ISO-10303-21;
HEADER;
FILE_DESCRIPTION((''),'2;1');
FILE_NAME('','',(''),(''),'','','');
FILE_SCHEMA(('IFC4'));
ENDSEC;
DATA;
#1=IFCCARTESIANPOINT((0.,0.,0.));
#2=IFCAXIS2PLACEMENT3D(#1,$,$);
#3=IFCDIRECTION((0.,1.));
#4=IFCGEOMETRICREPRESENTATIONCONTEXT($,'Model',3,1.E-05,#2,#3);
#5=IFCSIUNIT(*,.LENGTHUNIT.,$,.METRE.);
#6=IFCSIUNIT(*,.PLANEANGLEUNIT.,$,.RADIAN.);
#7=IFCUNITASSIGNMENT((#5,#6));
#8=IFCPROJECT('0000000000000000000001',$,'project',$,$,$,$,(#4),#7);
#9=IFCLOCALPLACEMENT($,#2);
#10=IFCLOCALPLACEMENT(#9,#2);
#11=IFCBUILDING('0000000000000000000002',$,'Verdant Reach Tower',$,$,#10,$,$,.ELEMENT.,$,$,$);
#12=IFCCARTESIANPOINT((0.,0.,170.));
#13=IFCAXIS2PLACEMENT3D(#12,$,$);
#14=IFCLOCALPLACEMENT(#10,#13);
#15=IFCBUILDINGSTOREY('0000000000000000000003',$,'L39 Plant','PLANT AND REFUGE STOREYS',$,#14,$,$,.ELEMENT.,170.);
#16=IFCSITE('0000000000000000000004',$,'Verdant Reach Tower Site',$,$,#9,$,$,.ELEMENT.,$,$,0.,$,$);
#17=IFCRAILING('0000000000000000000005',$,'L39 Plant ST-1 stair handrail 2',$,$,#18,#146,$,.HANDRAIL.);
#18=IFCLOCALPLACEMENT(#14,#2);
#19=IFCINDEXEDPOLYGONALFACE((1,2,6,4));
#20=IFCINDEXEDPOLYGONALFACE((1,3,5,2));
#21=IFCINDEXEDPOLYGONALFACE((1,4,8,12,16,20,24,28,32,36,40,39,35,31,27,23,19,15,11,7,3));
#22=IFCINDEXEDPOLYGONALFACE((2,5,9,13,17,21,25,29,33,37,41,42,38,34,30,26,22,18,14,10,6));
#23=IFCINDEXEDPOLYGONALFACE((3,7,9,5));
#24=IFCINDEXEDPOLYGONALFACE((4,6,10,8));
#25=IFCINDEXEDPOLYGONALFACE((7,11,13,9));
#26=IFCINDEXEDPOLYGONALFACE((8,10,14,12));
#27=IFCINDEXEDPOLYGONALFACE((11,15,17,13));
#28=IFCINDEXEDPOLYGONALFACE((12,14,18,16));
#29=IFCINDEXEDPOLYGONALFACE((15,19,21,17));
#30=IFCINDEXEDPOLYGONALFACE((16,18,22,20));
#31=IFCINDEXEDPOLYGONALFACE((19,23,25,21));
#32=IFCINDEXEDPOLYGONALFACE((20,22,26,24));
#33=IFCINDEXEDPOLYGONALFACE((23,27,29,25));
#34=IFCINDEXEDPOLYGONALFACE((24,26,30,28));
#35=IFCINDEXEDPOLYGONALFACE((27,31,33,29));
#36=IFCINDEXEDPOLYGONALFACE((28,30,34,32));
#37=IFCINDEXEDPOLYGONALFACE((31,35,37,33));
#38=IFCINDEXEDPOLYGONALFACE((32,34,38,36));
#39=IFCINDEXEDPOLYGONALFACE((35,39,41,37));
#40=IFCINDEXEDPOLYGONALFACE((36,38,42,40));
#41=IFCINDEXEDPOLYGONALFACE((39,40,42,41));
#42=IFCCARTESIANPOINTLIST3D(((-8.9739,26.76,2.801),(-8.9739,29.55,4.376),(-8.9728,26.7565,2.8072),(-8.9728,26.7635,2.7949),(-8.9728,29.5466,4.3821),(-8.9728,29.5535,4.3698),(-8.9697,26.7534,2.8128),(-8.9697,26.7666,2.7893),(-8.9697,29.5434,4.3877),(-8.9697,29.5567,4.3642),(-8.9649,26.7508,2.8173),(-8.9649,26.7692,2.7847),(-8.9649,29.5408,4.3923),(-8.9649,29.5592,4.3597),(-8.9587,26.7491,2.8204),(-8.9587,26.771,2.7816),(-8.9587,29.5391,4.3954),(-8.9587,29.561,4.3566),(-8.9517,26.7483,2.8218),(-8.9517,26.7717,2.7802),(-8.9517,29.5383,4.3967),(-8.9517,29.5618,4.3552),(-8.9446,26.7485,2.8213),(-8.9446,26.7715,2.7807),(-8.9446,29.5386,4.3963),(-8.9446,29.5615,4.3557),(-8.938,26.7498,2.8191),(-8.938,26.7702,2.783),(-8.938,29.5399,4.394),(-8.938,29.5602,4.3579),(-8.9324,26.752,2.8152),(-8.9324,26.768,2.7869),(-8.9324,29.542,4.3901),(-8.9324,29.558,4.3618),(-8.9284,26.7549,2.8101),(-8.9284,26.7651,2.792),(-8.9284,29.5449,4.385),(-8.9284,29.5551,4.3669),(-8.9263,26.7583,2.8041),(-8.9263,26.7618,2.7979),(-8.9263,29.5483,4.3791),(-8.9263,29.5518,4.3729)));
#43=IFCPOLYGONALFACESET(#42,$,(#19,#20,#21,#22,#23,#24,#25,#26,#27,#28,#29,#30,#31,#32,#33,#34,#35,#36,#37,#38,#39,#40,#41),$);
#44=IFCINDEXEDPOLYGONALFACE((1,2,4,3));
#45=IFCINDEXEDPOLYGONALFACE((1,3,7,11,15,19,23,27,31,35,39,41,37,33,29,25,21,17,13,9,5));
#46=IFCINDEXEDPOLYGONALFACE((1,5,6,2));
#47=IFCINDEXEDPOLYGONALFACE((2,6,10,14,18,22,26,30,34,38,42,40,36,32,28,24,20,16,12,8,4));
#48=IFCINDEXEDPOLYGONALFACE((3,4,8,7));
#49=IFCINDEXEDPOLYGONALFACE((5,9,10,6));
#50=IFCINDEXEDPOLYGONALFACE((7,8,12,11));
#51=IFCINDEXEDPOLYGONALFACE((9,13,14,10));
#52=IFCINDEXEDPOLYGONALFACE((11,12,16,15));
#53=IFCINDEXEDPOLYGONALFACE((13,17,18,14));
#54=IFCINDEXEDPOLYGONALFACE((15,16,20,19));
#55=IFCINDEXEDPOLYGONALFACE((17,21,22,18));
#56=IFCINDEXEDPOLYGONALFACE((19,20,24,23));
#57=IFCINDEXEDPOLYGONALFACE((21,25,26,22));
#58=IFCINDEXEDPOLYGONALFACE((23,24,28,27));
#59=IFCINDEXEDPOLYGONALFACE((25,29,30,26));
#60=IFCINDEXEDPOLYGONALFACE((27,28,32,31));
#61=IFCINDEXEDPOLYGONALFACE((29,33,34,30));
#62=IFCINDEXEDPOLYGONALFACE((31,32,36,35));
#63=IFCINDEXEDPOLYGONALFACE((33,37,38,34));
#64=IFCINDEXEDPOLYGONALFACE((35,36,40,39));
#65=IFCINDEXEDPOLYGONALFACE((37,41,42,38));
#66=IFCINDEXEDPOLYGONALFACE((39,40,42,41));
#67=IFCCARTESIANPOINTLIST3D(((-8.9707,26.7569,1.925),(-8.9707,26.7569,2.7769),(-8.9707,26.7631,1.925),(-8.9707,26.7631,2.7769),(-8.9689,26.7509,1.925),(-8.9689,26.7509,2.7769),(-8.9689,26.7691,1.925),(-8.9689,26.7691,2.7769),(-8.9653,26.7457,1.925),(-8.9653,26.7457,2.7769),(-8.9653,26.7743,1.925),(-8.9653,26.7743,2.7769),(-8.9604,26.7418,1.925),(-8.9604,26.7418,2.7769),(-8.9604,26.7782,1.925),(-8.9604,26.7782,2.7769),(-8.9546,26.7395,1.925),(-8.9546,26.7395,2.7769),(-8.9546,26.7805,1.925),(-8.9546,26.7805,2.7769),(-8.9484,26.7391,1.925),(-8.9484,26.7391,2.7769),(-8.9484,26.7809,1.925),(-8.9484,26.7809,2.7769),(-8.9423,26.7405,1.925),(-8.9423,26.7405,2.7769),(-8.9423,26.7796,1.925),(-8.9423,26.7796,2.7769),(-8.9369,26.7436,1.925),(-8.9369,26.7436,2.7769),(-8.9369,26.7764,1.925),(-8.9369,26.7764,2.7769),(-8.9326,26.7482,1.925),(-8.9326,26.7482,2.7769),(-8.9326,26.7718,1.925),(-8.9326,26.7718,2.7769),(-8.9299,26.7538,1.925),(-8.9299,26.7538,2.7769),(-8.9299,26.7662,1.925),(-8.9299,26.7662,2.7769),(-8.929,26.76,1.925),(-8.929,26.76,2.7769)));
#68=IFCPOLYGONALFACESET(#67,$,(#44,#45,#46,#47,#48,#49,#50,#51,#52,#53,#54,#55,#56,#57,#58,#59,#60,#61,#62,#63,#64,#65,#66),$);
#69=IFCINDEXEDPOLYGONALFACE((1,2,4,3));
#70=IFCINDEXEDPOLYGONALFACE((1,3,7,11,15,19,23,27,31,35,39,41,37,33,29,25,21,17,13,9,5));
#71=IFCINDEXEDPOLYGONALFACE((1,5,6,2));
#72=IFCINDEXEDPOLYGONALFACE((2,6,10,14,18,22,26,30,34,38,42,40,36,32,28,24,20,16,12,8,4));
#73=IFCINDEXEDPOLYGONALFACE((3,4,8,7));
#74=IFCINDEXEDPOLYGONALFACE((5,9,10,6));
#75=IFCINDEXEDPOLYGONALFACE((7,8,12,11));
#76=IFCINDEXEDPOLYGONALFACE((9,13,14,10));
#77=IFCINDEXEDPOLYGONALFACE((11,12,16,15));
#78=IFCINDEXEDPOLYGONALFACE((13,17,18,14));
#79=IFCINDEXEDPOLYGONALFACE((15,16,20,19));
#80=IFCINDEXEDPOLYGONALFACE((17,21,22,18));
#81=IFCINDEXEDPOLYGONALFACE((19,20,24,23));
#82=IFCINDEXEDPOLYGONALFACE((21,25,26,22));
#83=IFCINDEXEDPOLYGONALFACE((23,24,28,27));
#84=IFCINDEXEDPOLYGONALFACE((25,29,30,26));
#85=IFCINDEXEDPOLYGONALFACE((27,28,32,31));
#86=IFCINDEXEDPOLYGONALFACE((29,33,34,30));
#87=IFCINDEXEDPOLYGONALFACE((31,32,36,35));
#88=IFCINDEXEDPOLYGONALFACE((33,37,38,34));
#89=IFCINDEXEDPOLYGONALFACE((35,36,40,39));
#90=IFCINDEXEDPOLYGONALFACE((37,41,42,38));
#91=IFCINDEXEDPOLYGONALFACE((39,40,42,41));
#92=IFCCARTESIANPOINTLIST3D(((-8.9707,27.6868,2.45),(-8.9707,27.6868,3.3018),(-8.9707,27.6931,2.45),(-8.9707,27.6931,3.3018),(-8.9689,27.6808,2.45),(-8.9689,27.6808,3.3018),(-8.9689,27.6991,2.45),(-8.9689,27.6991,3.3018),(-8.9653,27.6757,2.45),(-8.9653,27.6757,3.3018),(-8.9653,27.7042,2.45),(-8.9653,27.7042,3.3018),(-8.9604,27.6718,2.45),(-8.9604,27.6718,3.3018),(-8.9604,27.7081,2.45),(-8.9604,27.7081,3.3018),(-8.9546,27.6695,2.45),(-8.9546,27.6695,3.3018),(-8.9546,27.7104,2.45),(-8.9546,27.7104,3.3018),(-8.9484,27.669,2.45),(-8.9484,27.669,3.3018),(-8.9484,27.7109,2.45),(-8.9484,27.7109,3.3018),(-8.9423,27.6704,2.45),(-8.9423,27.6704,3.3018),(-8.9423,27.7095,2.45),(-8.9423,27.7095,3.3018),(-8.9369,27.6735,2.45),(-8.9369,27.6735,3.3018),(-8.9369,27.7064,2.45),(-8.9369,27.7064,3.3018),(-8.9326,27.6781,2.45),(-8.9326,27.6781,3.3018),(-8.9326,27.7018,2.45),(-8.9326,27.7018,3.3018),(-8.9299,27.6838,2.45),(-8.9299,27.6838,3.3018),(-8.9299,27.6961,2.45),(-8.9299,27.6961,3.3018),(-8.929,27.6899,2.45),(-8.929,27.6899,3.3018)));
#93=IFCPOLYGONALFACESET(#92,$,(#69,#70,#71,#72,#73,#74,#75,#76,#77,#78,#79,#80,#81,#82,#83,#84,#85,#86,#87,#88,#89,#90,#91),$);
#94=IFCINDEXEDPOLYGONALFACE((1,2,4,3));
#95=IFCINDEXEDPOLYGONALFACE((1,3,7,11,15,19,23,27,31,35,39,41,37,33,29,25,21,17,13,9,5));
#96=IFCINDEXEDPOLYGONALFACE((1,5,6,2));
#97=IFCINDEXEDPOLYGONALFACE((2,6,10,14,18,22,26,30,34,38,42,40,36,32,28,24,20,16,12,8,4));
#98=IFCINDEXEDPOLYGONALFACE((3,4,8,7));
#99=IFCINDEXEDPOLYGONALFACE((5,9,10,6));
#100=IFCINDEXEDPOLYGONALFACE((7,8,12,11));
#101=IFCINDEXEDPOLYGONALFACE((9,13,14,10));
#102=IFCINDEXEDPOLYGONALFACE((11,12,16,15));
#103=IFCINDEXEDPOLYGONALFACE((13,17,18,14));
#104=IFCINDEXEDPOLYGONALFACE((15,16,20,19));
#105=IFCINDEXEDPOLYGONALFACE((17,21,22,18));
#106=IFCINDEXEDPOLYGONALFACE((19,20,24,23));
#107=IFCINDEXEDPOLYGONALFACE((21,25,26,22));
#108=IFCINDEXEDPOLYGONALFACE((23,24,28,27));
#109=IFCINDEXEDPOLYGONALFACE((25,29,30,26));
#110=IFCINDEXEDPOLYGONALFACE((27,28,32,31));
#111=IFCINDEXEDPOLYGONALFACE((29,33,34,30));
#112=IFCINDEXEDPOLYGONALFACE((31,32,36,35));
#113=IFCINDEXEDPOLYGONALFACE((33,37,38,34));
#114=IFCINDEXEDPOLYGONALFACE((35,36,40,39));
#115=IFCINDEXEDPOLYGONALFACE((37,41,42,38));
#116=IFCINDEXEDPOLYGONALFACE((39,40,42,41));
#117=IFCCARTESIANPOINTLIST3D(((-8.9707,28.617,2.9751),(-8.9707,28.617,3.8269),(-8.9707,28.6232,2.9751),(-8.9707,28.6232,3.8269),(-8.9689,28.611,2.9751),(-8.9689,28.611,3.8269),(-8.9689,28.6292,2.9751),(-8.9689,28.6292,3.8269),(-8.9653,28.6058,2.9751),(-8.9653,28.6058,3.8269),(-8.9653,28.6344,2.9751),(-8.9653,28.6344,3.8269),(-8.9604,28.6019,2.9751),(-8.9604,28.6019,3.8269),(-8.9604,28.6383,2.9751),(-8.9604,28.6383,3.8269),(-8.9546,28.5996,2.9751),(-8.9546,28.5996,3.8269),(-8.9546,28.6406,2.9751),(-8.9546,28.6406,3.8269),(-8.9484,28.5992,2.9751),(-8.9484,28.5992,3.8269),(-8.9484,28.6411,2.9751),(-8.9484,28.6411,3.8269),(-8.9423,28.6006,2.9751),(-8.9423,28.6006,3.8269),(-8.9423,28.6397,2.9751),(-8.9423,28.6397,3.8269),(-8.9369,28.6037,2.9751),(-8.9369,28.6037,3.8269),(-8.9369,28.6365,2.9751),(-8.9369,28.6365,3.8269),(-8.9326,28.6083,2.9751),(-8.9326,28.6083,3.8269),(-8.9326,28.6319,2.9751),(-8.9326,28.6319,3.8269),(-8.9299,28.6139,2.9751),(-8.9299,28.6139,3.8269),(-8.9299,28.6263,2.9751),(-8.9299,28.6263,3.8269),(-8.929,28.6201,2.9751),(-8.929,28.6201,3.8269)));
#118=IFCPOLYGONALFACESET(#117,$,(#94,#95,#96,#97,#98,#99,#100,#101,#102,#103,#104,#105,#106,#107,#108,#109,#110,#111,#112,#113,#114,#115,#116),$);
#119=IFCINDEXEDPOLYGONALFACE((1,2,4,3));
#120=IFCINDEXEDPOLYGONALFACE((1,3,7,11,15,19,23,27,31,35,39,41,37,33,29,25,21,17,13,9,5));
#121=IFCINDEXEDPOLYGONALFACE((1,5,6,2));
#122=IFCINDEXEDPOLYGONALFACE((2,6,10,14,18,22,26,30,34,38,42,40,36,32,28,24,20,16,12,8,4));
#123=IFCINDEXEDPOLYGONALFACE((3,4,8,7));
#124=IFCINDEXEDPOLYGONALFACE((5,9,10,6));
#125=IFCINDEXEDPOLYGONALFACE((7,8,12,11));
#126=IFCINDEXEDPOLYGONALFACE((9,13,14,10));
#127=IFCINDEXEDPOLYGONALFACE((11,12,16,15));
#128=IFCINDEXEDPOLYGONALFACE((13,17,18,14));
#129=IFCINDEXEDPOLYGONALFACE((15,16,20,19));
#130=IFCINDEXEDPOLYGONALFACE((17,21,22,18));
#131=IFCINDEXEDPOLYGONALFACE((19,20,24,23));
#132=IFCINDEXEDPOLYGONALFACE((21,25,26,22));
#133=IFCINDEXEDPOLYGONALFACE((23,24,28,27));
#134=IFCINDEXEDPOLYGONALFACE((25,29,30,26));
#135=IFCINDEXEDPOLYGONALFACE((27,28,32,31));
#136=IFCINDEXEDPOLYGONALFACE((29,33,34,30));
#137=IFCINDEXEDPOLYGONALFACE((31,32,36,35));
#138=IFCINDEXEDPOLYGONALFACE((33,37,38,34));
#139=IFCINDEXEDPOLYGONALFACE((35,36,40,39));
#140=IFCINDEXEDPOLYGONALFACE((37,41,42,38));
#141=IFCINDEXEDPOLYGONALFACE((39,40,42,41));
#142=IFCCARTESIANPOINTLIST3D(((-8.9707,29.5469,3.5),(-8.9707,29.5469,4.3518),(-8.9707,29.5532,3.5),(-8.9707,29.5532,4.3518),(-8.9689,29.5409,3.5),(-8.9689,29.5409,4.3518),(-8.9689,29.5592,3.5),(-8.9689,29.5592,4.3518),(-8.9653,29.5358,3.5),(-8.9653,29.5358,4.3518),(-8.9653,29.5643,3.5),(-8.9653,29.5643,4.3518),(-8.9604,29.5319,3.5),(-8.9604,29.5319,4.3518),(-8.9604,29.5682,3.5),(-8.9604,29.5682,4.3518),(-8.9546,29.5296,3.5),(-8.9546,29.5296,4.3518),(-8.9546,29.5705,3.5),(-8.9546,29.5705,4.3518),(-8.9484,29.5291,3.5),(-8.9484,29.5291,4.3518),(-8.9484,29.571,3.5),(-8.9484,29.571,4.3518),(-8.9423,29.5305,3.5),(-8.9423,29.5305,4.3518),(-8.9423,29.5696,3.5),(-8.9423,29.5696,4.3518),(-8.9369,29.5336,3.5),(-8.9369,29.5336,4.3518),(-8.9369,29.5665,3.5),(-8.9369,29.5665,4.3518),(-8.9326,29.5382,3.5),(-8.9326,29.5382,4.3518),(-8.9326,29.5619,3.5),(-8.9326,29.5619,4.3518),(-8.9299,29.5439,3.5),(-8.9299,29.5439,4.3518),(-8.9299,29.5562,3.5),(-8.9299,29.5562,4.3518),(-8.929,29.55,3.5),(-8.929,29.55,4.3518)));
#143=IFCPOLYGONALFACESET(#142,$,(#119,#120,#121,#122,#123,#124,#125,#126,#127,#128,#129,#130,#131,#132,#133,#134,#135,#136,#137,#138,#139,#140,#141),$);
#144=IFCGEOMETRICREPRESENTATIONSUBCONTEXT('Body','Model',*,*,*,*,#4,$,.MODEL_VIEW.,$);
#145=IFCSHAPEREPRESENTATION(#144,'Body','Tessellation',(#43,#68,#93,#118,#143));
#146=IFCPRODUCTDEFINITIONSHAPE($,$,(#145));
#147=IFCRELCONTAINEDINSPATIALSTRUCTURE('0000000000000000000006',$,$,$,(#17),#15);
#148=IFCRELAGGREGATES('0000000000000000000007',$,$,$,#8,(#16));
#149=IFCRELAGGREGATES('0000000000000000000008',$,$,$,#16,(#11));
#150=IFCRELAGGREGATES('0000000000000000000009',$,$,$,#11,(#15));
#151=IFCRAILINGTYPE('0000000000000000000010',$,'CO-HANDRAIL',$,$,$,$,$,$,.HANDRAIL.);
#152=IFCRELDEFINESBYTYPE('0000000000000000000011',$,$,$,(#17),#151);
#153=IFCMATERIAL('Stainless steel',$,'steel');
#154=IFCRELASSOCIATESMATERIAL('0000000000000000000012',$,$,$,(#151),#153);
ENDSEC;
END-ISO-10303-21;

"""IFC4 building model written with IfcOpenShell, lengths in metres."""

from ifc_helpers import new_model, si_unit, direction, frame, origin, origin_2d, place, context, subcontext, project, spatial, circle, extrude, material, type_object, element, save


model = new_model("IFC4")

# Units and contexts
model_context = context("Model", 3, precision=1e-05, world=origin(), true_north=direction((0.0, 1.0)))
body_context = subcontext(model_context, "Body", "Model", "MODEL_VIEW")
ifc_project = project(units=[si_unit("LENGTHUNIT", "METRE"), si_unit("PLANEANGLEUNIT", "RADIAN")], contexts=[model_context])

# Site, building, storey
site_placement = place(None, origin())
site = spatial("IfcSite", under=ifc_project, at=site_placement, Name="Verdant Reach Tower Site", CompositionType="ELEMENT", RefElevation=0.0)
building_placement = place(site_placement, origin())
building = spatial("IfcBuilding", under=site, at=building_placement, Name="Verdant Reach Tower", CompositionType="ELEMENT")
storey_placement = place(building_placement, frame((0.0, 0.0, 170.0)))
storey = spatial("IfcBuildingStorey", under=building, at=storey_placement, Name="L39 Plant", Description="PLANT AND REFUGE STOREYS", CompositionType="ELEMENT", Elevation=170.0)

# Shared definitions
ifc_material_1 = material(Name="Stainless steel", Category="steel")

# Railing
railing_type_1 = type_object("IfcRailingType", Name="CO-HANDRAIL", PredefinedType="HANDRAIL", material=ifc_material_1)
railing_1_placement = place(storey_placement, frame((-8.95, 26.76, 1.925)))
element("IfcRailing", 1, at=railing_1_placement, inside=storey, type_object=railing_type_1, Name="L39 Plant ST-1 stair handrail 2", PredefinedType="HANDRAIL", context=body_context, shape_type="SweptSolid", body=[
    extrude(circle(Radius=0.0239, at=origin_2d()), frame((0.0, 0.0, 0.876), z_axis=(0.0, 0.870834, 0.491578), x_axis=(-1.0, 0.0, 0.0)), (0.0, 0.0, 1.0), 3.2039),
    extrude(circle(Radius=0.021, at=origin_2d()), origin(), (0.0, 0.0, 1.0), 0.8518),
    extrude(circle(Radius=0.021, at=origin_2d()), frame((0.0, 0.9299, 0.5249)), (0.0, 0.0, 1.0), 0.8518),
    extrude(circle(Radius=0.021, at=origin_2d()), frame((0.0, 1.8601, 1.05)), (0.0, 0.0, 1.0), 0.8518),
    extrude(circle(Radius=0.021, at=origin_2d()), frame((0.0, 2.79, 1.575)), (0.0, 0.0, 1.0), 0.8518),
])

save(model, "model.ifc")
